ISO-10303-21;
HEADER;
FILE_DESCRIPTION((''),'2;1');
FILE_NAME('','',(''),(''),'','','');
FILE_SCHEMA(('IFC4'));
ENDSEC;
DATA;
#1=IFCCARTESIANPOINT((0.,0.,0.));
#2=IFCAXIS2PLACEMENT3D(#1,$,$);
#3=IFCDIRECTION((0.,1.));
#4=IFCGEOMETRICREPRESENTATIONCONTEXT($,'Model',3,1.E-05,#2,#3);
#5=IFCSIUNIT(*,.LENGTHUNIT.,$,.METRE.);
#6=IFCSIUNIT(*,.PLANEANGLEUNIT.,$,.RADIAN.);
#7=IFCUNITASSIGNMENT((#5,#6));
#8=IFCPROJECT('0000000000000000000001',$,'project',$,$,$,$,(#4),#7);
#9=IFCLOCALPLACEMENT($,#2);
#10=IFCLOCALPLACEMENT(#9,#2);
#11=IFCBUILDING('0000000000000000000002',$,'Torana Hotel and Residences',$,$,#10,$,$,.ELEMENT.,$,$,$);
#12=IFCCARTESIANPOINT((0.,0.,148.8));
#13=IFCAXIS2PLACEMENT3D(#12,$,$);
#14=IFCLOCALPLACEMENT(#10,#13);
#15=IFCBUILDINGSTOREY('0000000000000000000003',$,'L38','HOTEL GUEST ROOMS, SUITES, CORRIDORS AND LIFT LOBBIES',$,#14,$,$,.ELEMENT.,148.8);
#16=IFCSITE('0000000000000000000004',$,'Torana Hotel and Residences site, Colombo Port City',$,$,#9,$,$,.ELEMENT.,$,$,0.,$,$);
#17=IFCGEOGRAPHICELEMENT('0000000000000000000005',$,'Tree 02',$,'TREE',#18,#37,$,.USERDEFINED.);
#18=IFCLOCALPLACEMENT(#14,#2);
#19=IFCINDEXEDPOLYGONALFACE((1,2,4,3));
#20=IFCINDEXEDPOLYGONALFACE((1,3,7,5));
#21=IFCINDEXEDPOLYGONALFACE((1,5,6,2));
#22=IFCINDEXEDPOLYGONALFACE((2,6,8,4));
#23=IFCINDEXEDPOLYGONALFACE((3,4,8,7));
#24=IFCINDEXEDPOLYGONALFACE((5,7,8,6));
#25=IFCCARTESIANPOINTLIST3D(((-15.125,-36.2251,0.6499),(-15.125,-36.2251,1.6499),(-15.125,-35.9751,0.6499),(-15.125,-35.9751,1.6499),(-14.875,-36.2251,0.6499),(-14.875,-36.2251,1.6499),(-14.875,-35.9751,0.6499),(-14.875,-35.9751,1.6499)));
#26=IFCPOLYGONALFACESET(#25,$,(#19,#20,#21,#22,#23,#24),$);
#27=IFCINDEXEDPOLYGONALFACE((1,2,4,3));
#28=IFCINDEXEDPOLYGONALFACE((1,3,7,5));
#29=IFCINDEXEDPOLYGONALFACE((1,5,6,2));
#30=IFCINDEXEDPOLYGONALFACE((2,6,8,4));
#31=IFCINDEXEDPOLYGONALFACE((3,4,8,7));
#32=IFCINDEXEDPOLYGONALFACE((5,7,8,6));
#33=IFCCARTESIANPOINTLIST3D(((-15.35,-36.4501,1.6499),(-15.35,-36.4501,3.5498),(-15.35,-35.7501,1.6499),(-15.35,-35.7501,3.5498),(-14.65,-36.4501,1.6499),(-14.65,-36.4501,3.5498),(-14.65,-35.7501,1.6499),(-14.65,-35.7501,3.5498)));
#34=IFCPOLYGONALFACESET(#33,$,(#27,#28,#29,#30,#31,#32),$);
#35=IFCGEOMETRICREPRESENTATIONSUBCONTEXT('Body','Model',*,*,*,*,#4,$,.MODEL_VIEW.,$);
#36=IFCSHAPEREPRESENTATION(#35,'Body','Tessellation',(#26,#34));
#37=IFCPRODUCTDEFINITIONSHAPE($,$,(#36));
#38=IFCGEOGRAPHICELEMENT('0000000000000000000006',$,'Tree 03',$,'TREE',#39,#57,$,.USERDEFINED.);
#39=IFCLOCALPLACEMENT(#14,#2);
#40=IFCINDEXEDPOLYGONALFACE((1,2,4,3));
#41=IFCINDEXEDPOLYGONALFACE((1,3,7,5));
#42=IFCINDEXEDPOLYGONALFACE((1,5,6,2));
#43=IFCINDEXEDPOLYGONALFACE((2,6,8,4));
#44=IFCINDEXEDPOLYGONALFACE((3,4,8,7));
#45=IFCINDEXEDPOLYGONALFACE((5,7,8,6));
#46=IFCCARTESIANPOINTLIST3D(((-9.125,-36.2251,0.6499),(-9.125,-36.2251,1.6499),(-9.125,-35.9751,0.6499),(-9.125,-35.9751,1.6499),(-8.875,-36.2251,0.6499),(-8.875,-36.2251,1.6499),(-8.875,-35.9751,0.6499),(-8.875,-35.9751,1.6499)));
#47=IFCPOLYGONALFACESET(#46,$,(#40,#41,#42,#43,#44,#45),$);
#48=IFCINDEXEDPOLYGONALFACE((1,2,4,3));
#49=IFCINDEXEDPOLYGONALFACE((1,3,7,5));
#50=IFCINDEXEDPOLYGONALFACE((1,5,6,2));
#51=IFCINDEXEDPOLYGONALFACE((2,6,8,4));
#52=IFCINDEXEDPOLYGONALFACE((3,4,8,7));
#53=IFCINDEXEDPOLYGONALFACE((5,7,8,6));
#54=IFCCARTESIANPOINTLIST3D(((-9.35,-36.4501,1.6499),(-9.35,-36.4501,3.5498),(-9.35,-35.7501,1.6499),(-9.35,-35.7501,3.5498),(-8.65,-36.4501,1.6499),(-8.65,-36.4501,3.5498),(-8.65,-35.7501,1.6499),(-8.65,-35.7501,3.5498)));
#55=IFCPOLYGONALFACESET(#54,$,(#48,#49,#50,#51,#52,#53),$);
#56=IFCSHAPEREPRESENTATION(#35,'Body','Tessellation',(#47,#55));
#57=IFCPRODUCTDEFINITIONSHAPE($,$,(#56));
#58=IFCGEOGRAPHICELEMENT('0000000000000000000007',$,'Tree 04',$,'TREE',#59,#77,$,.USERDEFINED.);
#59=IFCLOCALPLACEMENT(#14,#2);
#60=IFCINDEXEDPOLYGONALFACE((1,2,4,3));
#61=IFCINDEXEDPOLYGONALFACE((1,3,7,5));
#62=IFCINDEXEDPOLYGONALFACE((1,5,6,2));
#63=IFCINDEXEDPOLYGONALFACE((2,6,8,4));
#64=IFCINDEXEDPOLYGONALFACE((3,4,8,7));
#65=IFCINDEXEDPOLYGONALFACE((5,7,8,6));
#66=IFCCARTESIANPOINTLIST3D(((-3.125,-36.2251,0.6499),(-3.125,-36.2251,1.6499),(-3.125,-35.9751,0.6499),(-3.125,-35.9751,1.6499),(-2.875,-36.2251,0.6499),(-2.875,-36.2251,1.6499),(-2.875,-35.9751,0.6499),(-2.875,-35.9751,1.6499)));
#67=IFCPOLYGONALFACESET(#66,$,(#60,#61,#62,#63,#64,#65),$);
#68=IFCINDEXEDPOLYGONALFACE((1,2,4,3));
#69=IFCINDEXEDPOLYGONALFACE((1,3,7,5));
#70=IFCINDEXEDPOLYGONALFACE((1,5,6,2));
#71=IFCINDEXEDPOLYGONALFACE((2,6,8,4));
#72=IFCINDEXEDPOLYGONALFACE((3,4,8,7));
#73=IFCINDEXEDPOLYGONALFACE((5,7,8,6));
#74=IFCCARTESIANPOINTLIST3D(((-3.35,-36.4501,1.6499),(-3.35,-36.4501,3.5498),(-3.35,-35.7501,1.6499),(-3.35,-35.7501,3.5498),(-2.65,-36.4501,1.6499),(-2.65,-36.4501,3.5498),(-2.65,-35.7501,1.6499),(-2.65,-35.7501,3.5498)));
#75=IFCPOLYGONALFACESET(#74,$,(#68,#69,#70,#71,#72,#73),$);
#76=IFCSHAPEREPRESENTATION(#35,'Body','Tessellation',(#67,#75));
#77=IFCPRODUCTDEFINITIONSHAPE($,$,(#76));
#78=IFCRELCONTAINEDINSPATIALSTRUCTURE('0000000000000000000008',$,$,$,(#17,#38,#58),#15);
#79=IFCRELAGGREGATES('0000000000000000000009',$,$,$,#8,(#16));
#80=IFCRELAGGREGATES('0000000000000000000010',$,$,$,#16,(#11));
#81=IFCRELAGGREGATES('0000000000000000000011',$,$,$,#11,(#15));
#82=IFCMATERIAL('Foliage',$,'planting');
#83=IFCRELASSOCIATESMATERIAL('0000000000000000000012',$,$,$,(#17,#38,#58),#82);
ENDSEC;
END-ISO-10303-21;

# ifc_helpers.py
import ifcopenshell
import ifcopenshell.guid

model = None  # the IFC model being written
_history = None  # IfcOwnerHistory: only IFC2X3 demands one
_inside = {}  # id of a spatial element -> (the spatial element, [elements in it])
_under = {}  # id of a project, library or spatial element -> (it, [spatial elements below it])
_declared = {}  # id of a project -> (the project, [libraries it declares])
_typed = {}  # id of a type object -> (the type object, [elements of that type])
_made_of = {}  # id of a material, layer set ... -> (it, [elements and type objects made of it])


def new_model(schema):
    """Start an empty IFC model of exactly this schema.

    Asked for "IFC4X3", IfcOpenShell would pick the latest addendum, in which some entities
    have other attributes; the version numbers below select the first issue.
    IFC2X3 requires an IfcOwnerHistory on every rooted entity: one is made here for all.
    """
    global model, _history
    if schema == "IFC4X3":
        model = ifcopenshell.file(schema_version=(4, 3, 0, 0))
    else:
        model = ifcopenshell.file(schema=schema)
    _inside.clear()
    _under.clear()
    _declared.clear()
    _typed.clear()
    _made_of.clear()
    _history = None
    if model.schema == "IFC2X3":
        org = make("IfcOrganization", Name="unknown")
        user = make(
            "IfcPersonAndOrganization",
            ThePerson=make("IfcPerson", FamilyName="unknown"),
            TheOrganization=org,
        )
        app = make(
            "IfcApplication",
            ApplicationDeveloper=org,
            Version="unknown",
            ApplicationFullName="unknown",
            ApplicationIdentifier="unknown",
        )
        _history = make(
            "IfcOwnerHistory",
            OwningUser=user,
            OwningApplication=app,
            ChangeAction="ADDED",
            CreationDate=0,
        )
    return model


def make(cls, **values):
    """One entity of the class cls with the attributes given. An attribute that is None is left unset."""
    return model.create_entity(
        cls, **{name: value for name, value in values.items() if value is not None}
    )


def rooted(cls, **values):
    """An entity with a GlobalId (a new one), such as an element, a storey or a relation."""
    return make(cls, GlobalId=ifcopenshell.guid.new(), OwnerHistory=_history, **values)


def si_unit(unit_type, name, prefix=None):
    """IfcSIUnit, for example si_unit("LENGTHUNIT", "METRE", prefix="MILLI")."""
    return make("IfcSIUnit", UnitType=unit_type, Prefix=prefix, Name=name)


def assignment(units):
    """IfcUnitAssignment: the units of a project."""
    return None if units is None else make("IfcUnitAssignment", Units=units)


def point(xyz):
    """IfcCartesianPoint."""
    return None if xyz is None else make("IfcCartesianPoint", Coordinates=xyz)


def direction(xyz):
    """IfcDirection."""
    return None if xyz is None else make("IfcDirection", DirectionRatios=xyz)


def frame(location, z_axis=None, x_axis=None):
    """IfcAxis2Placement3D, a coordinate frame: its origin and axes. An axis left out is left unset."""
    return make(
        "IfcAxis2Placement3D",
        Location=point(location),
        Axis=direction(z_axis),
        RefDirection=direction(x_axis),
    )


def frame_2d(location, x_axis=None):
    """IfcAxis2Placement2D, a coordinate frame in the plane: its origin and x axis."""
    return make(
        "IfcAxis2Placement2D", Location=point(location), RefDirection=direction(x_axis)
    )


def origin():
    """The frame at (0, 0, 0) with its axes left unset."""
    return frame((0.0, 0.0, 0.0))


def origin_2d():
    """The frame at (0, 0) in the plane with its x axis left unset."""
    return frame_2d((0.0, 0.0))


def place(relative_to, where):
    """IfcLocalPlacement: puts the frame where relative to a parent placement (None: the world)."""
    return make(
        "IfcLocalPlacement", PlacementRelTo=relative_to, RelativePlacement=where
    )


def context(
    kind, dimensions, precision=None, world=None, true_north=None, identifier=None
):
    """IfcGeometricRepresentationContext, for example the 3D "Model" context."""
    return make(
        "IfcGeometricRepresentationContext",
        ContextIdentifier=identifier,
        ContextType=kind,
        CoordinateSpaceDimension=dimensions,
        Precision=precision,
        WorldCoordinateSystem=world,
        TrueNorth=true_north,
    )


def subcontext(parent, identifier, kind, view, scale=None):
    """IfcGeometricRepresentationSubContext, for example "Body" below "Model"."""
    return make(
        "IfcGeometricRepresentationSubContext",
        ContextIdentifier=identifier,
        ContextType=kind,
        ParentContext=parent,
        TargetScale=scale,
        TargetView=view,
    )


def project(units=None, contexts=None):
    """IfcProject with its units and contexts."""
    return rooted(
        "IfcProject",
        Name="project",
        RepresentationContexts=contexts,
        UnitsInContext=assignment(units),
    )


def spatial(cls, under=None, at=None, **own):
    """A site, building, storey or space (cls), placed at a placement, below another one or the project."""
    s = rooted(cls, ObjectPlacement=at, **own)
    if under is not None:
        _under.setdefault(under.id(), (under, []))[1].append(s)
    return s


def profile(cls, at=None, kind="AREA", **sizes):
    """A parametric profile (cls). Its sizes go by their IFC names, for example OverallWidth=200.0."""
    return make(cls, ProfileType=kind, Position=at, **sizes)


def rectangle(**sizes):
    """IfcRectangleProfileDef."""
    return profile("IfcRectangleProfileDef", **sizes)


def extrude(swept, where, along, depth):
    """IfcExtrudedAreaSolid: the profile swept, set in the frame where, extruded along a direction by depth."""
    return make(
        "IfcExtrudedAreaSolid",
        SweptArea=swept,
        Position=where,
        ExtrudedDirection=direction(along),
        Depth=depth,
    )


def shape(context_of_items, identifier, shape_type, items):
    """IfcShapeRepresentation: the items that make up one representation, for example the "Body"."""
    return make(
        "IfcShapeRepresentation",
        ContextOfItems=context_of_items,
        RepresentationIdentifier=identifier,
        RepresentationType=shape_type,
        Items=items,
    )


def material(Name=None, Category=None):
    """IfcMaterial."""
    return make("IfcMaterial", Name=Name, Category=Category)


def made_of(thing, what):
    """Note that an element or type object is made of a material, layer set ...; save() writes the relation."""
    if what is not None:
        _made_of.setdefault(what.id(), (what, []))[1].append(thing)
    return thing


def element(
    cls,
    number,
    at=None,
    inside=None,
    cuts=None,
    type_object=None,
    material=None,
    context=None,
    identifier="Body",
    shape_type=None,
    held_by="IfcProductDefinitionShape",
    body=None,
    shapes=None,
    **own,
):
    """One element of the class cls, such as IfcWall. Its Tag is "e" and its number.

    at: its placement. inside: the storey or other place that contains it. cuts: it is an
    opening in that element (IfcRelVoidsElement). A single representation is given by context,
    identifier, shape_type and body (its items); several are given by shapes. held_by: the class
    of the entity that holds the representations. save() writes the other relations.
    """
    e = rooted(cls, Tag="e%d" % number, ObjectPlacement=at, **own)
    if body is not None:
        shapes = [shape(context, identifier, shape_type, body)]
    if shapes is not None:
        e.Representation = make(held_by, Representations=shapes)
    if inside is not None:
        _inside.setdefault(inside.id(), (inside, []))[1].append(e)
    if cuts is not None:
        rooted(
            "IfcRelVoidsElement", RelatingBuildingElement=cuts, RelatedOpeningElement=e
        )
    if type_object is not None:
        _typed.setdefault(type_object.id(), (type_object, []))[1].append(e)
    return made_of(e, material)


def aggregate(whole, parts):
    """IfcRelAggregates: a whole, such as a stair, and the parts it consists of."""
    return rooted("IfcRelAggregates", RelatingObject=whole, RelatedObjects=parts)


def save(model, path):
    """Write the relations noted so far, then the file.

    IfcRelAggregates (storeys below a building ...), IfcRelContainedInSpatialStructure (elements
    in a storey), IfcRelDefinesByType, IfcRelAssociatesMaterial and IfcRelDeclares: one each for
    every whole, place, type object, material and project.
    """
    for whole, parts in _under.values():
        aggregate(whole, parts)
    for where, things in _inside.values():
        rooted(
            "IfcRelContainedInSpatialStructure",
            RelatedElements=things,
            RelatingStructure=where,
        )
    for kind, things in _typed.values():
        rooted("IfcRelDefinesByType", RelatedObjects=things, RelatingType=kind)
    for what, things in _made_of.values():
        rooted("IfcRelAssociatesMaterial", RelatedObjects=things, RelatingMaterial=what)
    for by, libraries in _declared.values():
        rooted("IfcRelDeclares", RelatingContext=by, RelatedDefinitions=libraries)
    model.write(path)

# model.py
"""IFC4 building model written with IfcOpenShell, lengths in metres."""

from ifc_helpers import new_model, si_unit, direction, frame, origin, origin_2d, place, context, subcontext, project, spatial, rectangle, extrude, material, element, save


model = new_model("IFC4")

# Units and contexts
model_context = context("Model", 3, precision=1e-05, world=origin(), true_north=direction((0.0, 1.0)))
body_context = subcontext(model_context, "Body", "Model", "MODEL_VIEW")
ifc_project = project(units=[si_unit("LENGTHUNIT", "METRE"), si_unit("PLANEANGLEUNIT", "RADIAN")], contexts=[model_context])

# Site, building, storey
site_placement = place(None, origin())
site = spatial("IfcSite", under=ifc_project, at=site_placement, Name="Torana Hotel and Residences site, Colombo Port City", CompositionType="ELEMENT", RefElevation=0.0)
building_placement = place(site_placement, origin())
building = spatial("IfcBuilding", under=site, at=building_placement, Name="Torana Hotel and Residences", CompositionType="ELEMENT")
storey_placement = place(building_placement, frame((0.0, 0.0, 148.8)))
storey = spatial("IfcBuildingStorey", under=building, at=storey_placement, Name="L38", Description="HOTEL GUEST ROOMS, SUITES, CORRIDORS AND LIFT LOBBIES", CompositionType="ELEMENT", Elevation=148.8)

# Geographic elements
ifc_material_1 = material(Name="Foliage", Category="planting")
for number, where, z_axis, x_axis, name in (
    (1, (-15.0, -36.1001, 0.6499), (0.0, 0.0, 1.0), (1.0, 0.0, 0.0), "Tree 02"),
    (2, (-9.0, -36.1001, 0.6499), (0.0, 0.0, 1.0), (1.0, 0.0, 0.0), "Tree 03"),
    (3, (-3.0, -36.1001, 0.6499), (0.0, 0.0, 1.0), (1.0, 0.0, 0.0), "Tree 04"),
):
    element("IfcGeographicElement", number, at=place(storey_placement, frame(where, z_axis=z_axis, x_axis=x_axis)), inside=storey, material=ifc_material_1, Name=name, ObjectType="TREE", PredefinedType="USERDEFINED", context=body_context, shape_type="SweptSolid", body=[
        extrude(rectangle(XDim=0.25, YDim=0.25, at=origin_2d()), origin(), (0.0, 0.0, 1.0), 1.0),
        extrude(rectangle(XDim=0.7, YDim=0.7, at=origin_2d()), frame((0.0, 0.0, 1.0)), (0.0, 0.0, 1.0), 1.8999),
    ])

save(model, "model.ifc")
